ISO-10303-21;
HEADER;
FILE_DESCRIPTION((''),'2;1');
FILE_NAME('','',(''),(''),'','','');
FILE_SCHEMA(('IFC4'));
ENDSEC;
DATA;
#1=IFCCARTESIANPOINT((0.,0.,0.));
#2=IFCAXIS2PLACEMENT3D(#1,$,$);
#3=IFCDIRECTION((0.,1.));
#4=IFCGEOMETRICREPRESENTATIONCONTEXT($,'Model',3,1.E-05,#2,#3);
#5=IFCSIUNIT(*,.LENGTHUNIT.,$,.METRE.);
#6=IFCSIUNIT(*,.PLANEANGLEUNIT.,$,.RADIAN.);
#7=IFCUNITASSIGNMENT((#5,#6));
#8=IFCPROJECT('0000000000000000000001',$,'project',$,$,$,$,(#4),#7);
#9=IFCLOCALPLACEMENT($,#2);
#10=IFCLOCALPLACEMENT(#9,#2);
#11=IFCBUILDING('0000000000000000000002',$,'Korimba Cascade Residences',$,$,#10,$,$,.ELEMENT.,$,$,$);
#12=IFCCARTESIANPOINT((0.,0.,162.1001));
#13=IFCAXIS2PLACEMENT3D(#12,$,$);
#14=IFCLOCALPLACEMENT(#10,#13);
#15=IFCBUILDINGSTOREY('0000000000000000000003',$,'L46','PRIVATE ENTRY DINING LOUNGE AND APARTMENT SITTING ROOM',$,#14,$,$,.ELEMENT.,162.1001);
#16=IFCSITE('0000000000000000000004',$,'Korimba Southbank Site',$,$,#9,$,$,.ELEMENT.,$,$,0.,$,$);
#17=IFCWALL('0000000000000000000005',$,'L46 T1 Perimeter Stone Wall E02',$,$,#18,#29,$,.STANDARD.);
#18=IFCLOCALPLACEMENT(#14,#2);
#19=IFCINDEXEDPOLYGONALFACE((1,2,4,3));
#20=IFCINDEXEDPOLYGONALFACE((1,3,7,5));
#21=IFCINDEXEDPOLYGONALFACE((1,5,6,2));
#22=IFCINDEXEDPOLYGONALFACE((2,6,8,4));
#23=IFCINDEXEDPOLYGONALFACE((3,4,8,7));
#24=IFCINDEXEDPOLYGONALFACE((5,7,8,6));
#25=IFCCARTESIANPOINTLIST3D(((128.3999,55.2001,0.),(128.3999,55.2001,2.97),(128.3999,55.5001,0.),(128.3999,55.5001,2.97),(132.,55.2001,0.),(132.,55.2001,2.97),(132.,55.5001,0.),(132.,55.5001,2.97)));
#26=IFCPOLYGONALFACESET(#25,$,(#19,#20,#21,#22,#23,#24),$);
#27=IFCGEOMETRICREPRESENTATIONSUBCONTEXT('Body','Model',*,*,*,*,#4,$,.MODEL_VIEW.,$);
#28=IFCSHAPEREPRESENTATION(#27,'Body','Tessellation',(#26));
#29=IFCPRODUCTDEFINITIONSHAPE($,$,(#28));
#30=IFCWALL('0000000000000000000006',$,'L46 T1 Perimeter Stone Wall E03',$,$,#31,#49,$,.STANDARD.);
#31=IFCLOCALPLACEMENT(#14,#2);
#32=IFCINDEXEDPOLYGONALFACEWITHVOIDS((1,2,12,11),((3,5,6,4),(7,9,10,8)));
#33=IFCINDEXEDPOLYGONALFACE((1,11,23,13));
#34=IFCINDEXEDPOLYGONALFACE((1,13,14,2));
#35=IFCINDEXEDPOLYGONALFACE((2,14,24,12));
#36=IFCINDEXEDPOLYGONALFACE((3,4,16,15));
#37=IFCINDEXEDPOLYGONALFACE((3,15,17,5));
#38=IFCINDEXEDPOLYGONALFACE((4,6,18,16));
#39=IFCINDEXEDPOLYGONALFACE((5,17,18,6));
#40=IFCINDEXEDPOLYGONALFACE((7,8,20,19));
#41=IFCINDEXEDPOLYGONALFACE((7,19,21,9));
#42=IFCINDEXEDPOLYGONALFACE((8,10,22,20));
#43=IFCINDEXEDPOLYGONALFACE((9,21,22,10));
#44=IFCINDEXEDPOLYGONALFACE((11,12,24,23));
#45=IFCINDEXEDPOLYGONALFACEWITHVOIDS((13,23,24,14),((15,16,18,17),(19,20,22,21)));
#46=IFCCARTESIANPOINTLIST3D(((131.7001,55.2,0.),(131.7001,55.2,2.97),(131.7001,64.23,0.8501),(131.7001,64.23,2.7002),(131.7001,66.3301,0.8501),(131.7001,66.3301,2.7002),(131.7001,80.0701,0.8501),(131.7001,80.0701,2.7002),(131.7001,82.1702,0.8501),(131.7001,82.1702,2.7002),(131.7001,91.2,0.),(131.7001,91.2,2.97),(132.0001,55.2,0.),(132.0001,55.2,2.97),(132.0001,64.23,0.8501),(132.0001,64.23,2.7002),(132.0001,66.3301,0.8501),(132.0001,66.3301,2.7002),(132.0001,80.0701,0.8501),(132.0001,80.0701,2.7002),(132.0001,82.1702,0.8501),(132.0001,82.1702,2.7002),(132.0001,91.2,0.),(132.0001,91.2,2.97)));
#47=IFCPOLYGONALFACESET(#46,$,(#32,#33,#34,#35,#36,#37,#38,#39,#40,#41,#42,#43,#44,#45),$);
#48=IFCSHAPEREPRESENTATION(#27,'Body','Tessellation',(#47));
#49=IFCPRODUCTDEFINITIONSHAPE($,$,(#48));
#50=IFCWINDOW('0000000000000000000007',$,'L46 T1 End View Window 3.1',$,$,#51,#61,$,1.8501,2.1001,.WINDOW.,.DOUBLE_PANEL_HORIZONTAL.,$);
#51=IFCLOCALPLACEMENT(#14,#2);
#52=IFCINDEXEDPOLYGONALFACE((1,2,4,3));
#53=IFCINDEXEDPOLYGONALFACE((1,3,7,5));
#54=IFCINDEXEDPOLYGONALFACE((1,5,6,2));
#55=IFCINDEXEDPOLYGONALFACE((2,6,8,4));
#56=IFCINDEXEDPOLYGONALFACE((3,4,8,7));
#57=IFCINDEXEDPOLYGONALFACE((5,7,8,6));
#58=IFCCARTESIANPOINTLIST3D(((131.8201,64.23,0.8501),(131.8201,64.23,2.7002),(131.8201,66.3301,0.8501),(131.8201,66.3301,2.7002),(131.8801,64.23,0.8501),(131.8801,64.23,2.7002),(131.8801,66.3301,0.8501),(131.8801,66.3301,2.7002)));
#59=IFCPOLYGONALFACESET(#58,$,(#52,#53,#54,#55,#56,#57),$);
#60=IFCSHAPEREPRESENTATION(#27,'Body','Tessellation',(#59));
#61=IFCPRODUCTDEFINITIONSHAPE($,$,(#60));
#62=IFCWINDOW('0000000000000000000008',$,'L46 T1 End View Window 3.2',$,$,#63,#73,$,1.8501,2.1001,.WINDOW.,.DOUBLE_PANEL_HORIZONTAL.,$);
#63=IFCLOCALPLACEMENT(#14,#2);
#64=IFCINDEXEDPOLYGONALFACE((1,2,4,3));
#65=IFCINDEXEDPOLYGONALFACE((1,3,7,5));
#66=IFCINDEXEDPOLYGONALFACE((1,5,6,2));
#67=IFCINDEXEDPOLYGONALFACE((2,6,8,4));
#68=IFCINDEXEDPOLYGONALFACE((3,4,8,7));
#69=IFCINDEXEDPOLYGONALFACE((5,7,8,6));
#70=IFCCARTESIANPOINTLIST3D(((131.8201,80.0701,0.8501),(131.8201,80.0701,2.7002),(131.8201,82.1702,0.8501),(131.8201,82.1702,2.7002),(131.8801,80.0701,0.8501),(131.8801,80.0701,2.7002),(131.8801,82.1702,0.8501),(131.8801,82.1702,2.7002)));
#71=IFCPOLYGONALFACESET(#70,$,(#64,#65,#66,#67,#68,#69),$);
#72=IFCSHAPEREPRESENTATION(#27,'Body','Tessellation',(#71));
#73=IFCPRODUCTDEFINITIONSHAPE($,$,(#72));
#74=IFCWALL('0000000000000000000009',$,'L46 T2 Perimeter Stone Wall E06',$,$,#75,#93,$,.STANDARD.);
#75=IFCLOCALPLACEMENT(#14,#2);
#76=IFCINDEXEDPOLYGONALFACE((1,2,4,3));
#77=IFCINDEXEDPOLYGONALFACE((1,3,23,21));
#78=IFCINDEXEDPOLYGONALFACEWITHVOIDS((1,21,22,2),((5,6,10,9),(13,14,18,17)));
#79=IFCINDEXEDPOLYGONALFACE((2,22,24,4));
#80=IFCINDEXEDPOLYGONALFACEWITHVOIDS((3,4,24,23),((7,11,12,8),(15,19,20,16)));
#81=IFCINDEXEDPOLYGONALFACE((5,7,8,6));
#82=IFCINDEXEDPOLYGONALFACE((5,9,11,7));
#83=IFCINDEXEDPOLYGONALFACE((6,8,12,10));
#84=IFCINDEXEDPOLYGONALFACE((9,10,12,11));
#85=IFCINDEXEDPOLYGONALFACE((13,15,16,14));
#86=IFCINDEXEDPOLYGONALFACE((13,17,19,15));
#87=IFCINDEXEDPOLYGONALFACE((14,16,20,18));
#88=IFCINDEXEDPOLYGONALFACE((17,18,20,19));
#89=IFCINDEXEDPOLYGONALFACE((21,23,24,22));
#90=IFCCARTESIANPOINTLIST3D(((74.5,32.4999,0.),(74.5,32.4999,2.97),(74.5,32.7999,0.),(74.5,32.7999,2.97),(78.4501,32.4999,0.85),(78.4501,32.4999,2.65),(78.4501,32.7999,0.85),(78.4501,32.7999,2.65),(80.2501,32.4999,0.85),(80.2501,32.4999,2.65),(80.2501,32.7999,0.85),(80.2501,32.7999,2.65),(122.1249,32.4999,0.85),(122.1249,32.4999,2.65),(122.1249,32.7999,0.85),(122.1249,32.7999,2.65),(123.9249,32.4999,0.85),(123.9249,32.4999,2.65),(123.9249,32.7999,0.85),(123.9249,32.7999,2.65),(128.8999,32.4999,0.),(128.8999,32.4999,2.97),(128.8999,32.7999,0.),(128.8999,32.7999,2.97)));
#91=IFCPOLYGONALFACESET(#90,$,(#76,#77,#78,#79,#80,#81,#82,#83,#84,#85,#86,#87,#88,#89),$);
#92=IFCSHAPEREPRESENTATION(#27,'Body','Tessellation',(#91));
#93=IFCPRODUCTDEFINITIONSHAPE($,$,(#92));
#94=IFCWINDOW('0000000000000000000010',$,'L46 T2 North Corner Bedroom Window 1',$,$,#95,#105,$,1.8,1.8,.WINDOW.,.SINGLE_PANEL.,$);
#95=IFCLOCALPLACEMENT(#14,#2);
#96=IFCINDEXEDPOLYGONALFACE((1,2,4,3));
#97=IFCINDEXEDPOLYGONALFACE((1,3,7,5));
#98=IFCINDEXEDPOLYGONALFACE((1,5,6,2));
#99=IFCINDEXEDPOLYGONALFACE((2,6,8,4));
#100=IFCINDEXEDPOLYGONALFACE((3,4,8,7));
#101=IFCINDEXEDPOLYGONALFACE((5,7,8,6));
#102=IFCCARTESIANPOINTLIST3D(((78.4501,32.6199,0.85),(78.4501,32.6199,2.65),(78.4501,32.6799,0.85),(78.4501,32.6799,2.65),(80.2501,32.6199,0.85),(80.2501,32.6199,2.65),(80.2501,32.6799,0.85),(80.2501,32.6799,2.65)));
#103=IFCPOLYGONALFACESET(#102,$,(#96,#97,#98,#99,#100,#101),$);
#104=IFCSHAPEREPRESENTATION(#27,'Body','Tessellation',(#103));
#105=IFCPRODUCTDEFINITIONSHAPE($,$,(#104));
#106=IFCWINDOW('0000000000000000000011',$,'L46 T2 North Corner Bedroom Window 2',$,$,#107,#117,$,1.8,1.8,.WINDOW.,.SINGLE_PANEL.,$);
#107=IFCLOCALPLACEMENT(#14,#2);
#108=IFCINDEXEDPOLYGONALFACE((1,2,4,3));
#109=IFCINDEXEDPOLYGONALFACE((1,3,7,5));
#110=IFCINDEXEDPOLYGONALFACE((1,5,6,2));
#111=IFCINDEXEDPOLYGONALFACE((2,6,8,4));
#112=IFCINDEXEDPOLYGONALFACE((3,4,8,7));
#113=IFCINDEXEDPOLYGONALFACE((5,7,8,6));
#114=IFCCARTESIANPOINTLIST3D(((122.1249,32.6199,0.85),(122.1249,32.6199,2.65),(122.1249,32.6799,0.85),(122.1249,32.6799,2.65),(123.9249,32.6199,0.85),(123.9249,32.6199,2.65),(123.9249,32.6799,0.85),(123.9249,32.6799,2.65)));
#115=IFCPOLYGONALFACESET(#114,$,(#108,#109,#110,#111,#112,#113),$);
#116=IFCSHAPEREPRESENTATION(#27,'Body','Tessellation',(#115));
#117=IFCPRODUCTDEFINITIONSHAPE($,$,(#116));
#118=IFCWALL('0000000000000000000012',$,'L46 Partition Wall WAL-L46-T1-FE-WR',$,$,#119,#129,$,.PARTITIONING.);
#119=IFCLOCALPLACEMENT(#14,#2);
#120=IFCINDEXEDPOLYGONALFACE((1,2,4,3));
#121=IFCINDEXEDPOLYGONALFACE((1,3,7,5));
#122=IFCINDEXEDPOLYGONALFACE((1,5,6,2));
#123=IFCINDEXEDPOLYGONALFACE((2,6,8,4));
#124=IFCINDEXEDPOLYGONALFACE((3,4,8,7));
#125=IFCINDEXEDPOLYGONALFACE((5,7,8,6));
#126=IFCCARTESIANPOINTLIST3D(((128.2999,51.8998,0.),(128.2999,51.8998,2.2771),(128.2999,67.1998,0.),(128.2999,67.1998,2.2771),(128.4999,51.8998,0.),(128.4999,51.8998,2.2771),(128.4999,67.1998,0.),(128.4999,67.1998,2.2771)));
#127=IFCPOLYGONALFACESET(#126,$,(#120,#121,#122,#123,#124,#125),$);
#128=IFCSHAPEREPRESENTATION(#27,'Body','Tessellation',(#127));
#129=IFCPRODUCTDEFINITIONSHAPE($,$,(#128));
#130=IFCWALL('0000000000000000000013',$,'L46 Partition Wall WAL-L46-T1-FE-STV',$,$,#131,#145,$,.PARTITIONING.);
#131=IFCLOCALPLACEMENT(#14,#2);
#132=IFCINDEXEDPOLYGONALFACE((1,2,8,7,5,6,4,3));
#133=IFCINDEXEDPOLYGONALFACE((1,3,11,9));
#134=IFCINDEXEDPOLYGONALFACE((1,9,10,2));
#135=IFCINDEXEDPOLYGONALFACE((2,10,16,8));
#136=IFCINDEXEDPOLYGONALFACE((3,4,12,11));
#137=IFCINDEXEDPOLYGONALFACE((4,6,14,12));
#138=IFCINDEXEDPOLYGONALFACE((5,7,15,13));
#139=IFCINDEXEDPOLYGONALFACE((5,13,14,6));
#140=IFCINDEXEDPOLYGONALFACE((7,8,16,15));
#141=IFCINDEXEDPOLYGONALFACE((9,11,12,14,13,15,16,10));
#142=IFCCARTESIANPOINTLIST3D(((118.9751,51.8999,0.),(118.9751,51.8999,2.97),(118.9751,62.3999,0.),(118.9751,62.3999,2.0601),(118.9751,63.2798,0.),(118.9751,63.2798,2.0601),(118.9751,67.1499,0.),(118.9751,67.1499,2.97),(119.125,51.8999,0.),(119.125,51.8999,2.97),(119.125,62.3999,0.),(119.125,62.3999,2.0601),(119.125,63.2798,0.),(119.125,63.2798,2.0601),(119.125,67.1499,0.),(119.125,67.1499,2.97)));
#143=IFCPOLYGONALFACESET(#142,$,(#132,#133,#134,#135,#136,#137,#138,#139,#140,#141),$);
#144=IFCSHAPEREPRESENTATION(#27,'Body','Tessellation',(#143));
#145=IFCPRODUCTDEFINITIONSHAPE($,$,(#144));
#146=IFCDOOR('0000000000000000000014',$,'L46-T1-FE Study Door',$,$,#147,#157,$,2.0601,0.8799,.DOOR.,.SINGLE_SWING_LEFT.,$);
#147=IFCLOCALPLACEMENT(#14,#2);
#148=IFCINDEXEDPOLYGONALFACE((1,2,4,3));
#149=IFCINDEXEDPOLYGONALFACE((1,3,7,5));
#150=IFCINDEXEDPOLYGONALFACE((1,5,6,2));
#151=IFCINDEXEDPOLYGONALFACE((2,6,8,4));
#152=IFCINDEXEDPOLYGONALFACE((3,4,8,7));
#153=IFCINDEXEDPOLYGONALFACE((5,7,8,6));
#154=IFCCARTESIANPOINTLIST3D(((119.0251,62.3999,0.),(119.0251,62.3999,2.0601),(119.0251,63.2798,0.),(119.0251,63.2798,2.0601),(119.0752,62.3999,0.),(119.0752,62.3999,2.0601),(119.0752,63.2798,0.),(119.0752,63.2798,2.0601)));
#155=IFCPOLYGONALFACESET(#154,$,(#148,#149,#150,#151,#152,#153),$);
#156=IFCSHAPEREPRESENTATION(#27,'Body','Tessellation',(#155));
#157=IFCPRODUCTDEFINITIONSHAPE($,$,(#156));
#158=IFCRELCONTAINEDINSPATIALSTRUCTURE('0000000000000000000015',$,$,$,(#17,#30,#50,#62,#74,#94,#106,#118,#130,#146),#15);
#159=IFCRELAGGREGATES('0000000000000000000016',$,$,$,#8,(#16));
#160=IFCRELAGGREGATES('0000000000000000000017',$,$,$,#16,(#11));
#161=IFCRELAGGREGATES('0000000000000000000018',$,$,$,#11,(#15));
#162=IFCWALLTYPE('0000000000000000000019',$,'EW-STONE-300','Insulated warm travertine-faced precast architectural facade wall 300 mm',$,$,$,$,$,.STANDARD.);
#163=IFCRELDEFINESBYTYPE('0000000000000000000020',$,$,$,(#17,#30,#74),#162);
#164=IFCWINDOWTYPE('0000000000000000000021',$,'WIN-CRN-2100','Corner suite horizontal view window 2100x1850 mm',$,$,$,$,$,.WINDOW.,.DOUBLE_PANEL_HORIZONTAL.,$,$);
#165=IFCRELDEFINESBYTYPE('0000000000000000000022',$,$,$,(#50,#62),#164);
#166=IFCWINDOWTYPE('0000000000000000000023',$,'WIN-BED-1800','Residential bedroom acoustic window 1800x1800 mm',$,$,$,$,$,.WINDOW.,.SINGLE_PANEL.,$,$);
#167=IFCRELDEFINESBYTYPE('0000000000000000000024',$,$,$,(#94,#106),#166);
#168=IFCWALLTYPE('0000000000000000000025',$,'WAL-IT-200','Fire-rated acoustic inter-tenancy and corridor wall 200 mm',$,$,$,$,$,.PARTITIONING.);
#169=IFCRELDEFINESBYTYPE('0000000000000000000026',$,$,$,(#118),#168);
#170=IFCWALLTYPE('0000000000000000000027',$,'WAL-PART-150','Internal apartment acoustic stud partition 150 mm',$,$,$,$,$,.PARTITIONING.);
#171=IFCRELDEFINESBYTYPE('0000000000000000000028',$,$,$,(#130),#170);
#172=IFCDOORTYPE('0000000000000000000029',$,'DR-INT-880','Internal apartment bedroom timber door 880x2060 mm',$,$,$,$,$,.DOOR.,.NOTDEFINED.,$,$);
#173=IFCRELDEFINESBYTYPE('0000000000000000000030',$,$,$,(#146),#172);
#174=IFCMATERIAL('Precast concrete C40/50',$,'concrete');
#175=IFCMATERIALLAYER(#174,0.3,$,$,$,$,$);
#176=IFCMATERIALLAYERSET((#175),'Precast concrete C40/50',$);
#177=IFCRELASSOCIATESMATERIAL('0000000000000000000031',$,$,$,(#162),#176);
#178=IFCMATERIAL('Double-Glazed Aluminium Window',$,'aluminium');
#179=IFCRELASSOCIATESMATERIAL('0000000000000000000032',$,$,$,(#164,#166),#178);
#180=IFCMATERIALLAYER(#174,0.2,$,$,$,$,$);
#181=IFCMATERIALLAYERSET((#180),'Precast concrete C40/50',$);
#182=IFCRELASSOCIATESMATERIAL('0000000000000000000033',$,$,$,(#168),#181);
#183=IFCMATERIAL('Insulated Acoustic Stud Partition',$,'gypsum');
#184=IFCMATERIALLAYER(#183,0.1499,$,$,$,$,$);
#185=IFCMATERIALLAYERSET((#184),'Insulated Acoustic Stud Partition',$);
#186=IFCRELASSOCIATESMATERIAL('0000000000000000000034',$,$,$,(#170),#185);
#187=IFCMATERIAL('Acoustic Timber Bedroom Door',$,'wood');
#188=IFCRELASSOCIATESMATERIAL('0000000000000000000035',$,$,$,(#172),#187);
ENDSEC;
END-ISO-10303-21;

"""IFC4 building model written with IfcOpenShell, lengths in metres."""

from ifc_helpers import new_model, si_unit, direction, frame, frame_2d, origin, place, context, subcontext, project, spatial, rectangle, extrude, material, layer, layer_set, type_object, element, fill, save


model = new_model("IFC4")

# Units and contexts
model_context = context("Model", 3, precision=1e-05, world=origin(), true_north=direction((0.0, 1.0)))
body_context = subcontext(model_context, "Body", "Model", "MODEL_VIEW")
ifc_project = project(units=[si_unit("LENGTHUNIT", "METRE"), si_unit("PLANEANGLEUNIT", "RADIAN")], contexts=[model_context])

# Site, building, storey
site_placement = place(None, origin())
site = spatial("IfcSite", under=ifc_project, at=site_placement, Name="Korimba Southbank Site", CompositionType="ELEMENT", RefElevation=0.0)
building_placement = place(site_placement, origin())
building = spatial("IfcBuilding", under=site, at=building_placement, Name="Korimba Cascade Residences", CompositionType="ELEMENT")
storey_placement = place(building_placement, frame((0.0, 0.0, 162.1001)))
storey = spatial("IfcBuildingStorey", under=building, at=storey_placement, Name="L46", Description="PRIVATE ENTRY DINING LOUNGE AND APARTMENT SITTING ROOM", CompositionType="ELEMENT", Elevation=162.1001)

# Shared definitions
ifc_material_1 = material(Name="Precast concrete C40/50", Category="concrete")

# Wall
ifc_layer_1 = layer(ifc_material_1, 0.3)
ifc_layer_set_1 = layer_set([ifc_layer_1], Name="Precast concrete C40/50")
wall_type_1 = type_object("IfcWallType", Name="EW-STONE-300", Description="Insulated warm travertine-faced precast architectural facade wall 300 mm", PredefinedType="STANDARD", material=ifc_layer_set_1)
wall_1_placement = place(storey_placement, frame((128.3999, 55.3501, 0.0), z_axis=(0.0, 0.0, 1.0), x_axis=(1.0, 0.0, 0.0)))
element("IfcWall", 1, at=wall_1_placement, inside=storey, type_object=wall_type_1, Name="L46 T1 Perimeter Stone Wall E02", PredefinedType="STANDARD", context=body_context, shape_type="SweptSolid", body=[
    extrude(rectangle(XDim=3.6001, YDim=0.3, at=frame_2d((1.8, 0.0))), origin(), (0.0, 0.0, 1.0), 2.97),
])

# Walls, openings, windows
wall_2_placement = place(storey_placement, frame((131.8501, 55.2, 0.0), z_axis=(0.0, 0.0, 1.0), x_axis=(0.0, 1.0, 0.0)))
wall_2 = element("IfcWall", 2, at=wall_2_placement, inside=storey, type_object=wall_type_1, Name="L46 T1 Perimeter Stone Wall E03", PredefinedType="STANDARD", context=body_context, shape_type="SweptSolid", body=[
    extrude(rectangle(XDim=36.0, YDim=0.3, at=frame_2d((18.0, 0.0))), origin(), (0.0, 0.0, 1.0), 2.97),
])
opening_1_placement = place(wall_2_placement, frame((9.03, 0.0, 0.8501)))
opening_1 = element("IfcOpeningElement", 3, at=opening_1_placement, cuts=wall_2, PredefinedType="OPENING", context=body_context, shape_type="SweptSolid", body=[
    extrude(rectangle(XDim=2.1001, YDim=1.8501, at=frame_2d((1.05, 0.925))), frame((0.0, 0.1602, 0.0), z_axis=(0.0, -1.0, 0.0), x_axis=(1.0, 0.0, 0.0)), (0.0, 0.0, 1.0), 0.3201),
])
opening_2_placement = place(wall_2_placement, frame((24.8701, 0.0, 0.8501)))
opening_2 = element("IfcOpeningElement", 4, at=opening_2_placement, cuts=wall_2, PredefinedType="OPENING", context=body_context, shape_type="SweptSolid", body=[
    extrude(rectangle(XDim=2.1001, YDim=1.8501, at=frame_2d((1.05, 0.925))), frame((0.0, 0.1602, 0.0), z_axis=(0.0, -1.0, 0.0), x_axis=(1.0, 0.0, 0.0)), (0.0, 0.0, 1.0), 0.3201),
])
ifc_material_2 = material(Name="Double-Glazed Aluminium Window", Category="aluminium")
window_type_1 = type_object("IfcWindowType", Name="WIN-CRN-2100", Description="Corner suite horizontal view window 2100x1850 mm", PartitioningType="DOUBLE_PANEL_HORIZONTAL", PredefinedType="WINDOW", material=ifc_material_2)
window_1_placement = place(opening_1_placement, origin())
window_1 = element("IfcWindow", 5, at=window_1_placement, inside=storey, type_object=window_type_1, Name="L46 T1 End View Window 3.1", OverallHeight=1.8501, OverallWidth=2.1001, PartitioningType="DOUBLE_PANEL_HORIZONTAL", PredefinedType="WINDOW", context=body_context, shape_type="SweptSolid", body=[
    extrude(rectangle(XDim=2.1001, YDim=1.8501, at=frame_2d((1.05, 0.925))), frame((0.0, 0.03, 0.0), z_axis=(0.0, -1.0, 0.0), x_axis=(1.0, 0.0, 0.0)), (0.0, 0.0, 1.0), 0.0601),
])
fill(opening_1, window_1)
window_2_placement = place(opening_2_placement, origin())
window_2 = element("IfcWindow", 6, at=window_2_placement, inside=storey, type_object=window_type_1, Name="L46 T1 End View Window 3.2", OverallHeight=1.8501, OverallWidth=2.1001, PartitioningType="DOUBLE_PANEL_HORIZONTAL", PredefinedType="WINDOW", context=body_context, shape_type="SweptSolid", body=[
    extrude(rectangle(XDim=2.1001, YDim=1.8501, at=frame_2d((1.05, 0.925))), frame((0.0, 0.03, 0.0), z_axis=(0.0, -1.0, 0.0), x_axis=(1.0, 0.0, 0.0)), (0.0, 0.0, 1.0), 0.0601),
])
fill(opening_2, window_2)
wall_3_placement = place(storey_placement, frame((128.8999, 32.6499, 0.0), z_axis=(0.0, 0.0, 1.0), x_axis=(-1.0, 0.0, 0.0)))
wall_3 = element("IfcWall", 7, at=wall_3_placement, inside=storey, type_object=wall_type_1, Name="L46 T2 Perimeter Stone Wall E06", PredefinedType="STANDARD", context=body_context, shape_type="SweptSolid", body=[
    extrude(rectangle(XDim=54.3999, YDim=0.3, at=frame_2d((27.2, 0.0))), origin(), (0.0, 0.0, 1.0), 2.97),
])
opening_3_placement = place(wall_3_placement, frame((48.6499, 0.0, 0.8501)))
opening_3 = element("IfcOpeningElement", 8, at=opening_3_placement, cuts=wall_3, PredefinedType="OPENING", context=body_context, shape_type="SweptSolid", body=[
    extrude(rectangle(XDim=1.8, YDim=1.8, at=frame_2d((0.8999, 0.8999))), frame((0.0, 0.1602, 0.0), z_axis=(0.0, -1.0, 0.0), x_axis=(1.0, 0.0, 0.0)), (0.0, 0.0, 1.0), 0.3201),
])
opening_4_placement = place(wall_3_placement, frame((4.9751, 0.0, 0.8501)))
opening_4 = element("IfcOpeningElement", 9, at=opening_4_placement, cuts=wall_3, PredefinedType="OPENING", context=body_context, shape_type="SweptSolid", body=[
    extrude(rectangle(XDim=1.8, YDim=1.8, at=frame_2d((0.8999, 0.8999))), frame((0.0, 0.1602, 0.0), z_axis=(0.0, -1.0, 0.0), x_axis=(1.0, 0.0, 0.0)), (0.0, 0.0, 1.0), 0.3201),
])
window_type_2 = type_object("IfcWindowType", Name="WIN-BED-1800", Description="Residential bedroom acoustic window 1800x1800 mm", PartitioningType="SINGLE_PANEL", PredefinedType="WINDOW", material=ifc_material_2)
window_3_placement = place(opening_3_placement, origin())
window_3 = element("IfcWindow", 10, at=window_3_placement, inside=storey, type_object=window_type_2, Name="L46 T2 North Corner Bedroom Window 1", OverallHeight=1.8, OverallWidth=1.8, PartitioningType="SINGLE_PANEL", PredefinedType="WINDOW", context=body_context, shape_type="SweptSolid", body=[
    extrude(rectangle(XDim=1.8, YDim=1.8, at=frame_2d((0.8999, 0.8999))), frame((0.0, 0.03, 0.0), z_axis=(0.0, -1.0, 0.0), x_axis=(1.0, 0.0, 0.0)), (0.0, 0.0, 1.0), 0.0601),
])
fill(opening_3, window_3)
window_4_placement = place(opening_4_placement, origin())
window_4 = element("IfcWindow", 11, at=window_4_placement, inside=storey, type_object=window_type_2, Name="L46 T2 North Corner Bedroom Window 2", OverallHeight=1.8, OverallWidth=1.8, PartitioningType="SINGLE_PANEL", PredefinedType="WINDOW", context=body_context, shape_type="SweptSolid", body=[
    extrude(rectangle(XDim=1.8, YDim=1.8, at=frame_2d((0.8999, 0.8999))), frame((0.0, 0.03, 0.0), z_axis=(0.0, -1.0, 0.0), x_axis=(1.0, 0.0, 0.0)), (0.0, 0.0, 1.0), 0.0601),
])
fill(opening_4, window_4)

# Wall
ifc_layer_2 = layer(ifc_material_1, 0.2)
ifc_layer_set_2 = layer_set([ifc_layer_2], Name="Precast concrete C40/50")
wall_type_2 = type_object("IfcWallType", Name="WAL-IT-200", Description="Fire-rated acoustic inter-tenancy and corridor wall 200 mm", PredefinedType="PARTITIONING", material=ifc_layer_set_2)
wall_4_placement = place(storey_placement, frame((128.3999, 51.8999, 0.0), z_axis=(0.0, 0.0, 1.0), x_axis=(0.0, 1.0, 0.0)))
element("IfcWall", 12, at=wall_4_placement, inside=storey, type_object=wall_type_2, Name="L46 Partition Wall WAL-L46-T1-FE-WR", PredefinedType="PARTITIONING", context=body_context, shape_type="SweptSolid", body=[
    extrude(rectangle(XDim=15.3, YDim=0.2, at=frame_2d((7.6499, 0.0))), origin(), (0.0, 0.0, 1.0), 2.2771),
])

# Wall, opening, door
ifc_material_3 = material(Name="Insulated Acoustic Stud Partition", Category="gypsum")
ifc_layer_3 = layer(ifc_material_3, 0.1499)
ifc_layer_set_3 = layer_set([ifc_layer_3], Name="Insulated Acoustic Stud Partition")
wall_type_3 = type_object("IfcWallType", Name="WAL-PART-150", Description="Internal apartment acoustic stud partition 150 mm", PredefinedType="PARTITIONING", material=ifc_layer_set_3)
wall_5_placement = place(storey_placement, frame((119.05, 51.8999, 0.0), z_axis=(0.0, 0.0, 1.0), x_axis=(0.0, 1.0, 0.0)))
wall_5 = element("IfcWall", 13, at=wall_5_placement, inside=storey, type_object=wall_type_3, Name="L46 Partition Wall WAL-L46-T1-FE-STV", PredefinedType="PARTITIONING", context=body_context, shape_type="SweptSolid", body=[
    extrude(rectangle(XDim=15.25, YDim=0.1499, at=frame_2d((7.625, 0.0))), origin(), (0.0, 0.0, 1.0), 2.97),
])
opening_5_placement = place(wall_5_placement, frame((10.5, 0.0, 0.0)))
opening_5 = element("IfcOpeningElement", 14, at=opening_5_placement, cuts=wall_5, PredefinedType="OPENING", context=body_context, shape_type="SweptSolid", body=[
    extrude(rectangle(XDim=0.8799, YDim=2.0601, at=frame_2d((0.4399, 1.03))), frame((0.0, 0.085, 0.0), z_axis=(0.0, -1.0, 0.0), x_axis=(1.0, 0.0, 0.0)), (0.0, 0.0, 1.0), 0.1699),
])
ifc_material_4 = material(Name="Acoustic Timber Bedroom Door", Category="wood")
door_type = type_object("IfcDoorType", Name="DR-INT-880", Description="Internal apartment bedroom timber door 880x2060 mm", OperationType="NOTDEFINED", PredefinedType="DOOR", material=ifc_material_4)
door_placement = place(opening_5_placement, origin())
door = element("IfcDoor", 15, at=door_placement, inside=storey, type_object=door_type, Name="L46-T1-FE Study Door", OperationType="SINGLE_SWING_LEFT", OverallHeight=2.0601, OverallWidth=0.8799, PredefinedType="DOOR", context=body_context, shape_type="SweptSolid", body=[
    extrude(rectangle(XDim=0.8799, YDim=2.0601, at=frame_2d((0.4399, 1.03))), frame((0.0, 0.0249, 0.0), z_axis=(0.0, -1.0, 0.0), x_axis=(1.0, 0.0, 0.0)), (0.0, 0.0, 1.0), 0.05),
])
fill(opening_5, door)

save(model, "model.ifc")
